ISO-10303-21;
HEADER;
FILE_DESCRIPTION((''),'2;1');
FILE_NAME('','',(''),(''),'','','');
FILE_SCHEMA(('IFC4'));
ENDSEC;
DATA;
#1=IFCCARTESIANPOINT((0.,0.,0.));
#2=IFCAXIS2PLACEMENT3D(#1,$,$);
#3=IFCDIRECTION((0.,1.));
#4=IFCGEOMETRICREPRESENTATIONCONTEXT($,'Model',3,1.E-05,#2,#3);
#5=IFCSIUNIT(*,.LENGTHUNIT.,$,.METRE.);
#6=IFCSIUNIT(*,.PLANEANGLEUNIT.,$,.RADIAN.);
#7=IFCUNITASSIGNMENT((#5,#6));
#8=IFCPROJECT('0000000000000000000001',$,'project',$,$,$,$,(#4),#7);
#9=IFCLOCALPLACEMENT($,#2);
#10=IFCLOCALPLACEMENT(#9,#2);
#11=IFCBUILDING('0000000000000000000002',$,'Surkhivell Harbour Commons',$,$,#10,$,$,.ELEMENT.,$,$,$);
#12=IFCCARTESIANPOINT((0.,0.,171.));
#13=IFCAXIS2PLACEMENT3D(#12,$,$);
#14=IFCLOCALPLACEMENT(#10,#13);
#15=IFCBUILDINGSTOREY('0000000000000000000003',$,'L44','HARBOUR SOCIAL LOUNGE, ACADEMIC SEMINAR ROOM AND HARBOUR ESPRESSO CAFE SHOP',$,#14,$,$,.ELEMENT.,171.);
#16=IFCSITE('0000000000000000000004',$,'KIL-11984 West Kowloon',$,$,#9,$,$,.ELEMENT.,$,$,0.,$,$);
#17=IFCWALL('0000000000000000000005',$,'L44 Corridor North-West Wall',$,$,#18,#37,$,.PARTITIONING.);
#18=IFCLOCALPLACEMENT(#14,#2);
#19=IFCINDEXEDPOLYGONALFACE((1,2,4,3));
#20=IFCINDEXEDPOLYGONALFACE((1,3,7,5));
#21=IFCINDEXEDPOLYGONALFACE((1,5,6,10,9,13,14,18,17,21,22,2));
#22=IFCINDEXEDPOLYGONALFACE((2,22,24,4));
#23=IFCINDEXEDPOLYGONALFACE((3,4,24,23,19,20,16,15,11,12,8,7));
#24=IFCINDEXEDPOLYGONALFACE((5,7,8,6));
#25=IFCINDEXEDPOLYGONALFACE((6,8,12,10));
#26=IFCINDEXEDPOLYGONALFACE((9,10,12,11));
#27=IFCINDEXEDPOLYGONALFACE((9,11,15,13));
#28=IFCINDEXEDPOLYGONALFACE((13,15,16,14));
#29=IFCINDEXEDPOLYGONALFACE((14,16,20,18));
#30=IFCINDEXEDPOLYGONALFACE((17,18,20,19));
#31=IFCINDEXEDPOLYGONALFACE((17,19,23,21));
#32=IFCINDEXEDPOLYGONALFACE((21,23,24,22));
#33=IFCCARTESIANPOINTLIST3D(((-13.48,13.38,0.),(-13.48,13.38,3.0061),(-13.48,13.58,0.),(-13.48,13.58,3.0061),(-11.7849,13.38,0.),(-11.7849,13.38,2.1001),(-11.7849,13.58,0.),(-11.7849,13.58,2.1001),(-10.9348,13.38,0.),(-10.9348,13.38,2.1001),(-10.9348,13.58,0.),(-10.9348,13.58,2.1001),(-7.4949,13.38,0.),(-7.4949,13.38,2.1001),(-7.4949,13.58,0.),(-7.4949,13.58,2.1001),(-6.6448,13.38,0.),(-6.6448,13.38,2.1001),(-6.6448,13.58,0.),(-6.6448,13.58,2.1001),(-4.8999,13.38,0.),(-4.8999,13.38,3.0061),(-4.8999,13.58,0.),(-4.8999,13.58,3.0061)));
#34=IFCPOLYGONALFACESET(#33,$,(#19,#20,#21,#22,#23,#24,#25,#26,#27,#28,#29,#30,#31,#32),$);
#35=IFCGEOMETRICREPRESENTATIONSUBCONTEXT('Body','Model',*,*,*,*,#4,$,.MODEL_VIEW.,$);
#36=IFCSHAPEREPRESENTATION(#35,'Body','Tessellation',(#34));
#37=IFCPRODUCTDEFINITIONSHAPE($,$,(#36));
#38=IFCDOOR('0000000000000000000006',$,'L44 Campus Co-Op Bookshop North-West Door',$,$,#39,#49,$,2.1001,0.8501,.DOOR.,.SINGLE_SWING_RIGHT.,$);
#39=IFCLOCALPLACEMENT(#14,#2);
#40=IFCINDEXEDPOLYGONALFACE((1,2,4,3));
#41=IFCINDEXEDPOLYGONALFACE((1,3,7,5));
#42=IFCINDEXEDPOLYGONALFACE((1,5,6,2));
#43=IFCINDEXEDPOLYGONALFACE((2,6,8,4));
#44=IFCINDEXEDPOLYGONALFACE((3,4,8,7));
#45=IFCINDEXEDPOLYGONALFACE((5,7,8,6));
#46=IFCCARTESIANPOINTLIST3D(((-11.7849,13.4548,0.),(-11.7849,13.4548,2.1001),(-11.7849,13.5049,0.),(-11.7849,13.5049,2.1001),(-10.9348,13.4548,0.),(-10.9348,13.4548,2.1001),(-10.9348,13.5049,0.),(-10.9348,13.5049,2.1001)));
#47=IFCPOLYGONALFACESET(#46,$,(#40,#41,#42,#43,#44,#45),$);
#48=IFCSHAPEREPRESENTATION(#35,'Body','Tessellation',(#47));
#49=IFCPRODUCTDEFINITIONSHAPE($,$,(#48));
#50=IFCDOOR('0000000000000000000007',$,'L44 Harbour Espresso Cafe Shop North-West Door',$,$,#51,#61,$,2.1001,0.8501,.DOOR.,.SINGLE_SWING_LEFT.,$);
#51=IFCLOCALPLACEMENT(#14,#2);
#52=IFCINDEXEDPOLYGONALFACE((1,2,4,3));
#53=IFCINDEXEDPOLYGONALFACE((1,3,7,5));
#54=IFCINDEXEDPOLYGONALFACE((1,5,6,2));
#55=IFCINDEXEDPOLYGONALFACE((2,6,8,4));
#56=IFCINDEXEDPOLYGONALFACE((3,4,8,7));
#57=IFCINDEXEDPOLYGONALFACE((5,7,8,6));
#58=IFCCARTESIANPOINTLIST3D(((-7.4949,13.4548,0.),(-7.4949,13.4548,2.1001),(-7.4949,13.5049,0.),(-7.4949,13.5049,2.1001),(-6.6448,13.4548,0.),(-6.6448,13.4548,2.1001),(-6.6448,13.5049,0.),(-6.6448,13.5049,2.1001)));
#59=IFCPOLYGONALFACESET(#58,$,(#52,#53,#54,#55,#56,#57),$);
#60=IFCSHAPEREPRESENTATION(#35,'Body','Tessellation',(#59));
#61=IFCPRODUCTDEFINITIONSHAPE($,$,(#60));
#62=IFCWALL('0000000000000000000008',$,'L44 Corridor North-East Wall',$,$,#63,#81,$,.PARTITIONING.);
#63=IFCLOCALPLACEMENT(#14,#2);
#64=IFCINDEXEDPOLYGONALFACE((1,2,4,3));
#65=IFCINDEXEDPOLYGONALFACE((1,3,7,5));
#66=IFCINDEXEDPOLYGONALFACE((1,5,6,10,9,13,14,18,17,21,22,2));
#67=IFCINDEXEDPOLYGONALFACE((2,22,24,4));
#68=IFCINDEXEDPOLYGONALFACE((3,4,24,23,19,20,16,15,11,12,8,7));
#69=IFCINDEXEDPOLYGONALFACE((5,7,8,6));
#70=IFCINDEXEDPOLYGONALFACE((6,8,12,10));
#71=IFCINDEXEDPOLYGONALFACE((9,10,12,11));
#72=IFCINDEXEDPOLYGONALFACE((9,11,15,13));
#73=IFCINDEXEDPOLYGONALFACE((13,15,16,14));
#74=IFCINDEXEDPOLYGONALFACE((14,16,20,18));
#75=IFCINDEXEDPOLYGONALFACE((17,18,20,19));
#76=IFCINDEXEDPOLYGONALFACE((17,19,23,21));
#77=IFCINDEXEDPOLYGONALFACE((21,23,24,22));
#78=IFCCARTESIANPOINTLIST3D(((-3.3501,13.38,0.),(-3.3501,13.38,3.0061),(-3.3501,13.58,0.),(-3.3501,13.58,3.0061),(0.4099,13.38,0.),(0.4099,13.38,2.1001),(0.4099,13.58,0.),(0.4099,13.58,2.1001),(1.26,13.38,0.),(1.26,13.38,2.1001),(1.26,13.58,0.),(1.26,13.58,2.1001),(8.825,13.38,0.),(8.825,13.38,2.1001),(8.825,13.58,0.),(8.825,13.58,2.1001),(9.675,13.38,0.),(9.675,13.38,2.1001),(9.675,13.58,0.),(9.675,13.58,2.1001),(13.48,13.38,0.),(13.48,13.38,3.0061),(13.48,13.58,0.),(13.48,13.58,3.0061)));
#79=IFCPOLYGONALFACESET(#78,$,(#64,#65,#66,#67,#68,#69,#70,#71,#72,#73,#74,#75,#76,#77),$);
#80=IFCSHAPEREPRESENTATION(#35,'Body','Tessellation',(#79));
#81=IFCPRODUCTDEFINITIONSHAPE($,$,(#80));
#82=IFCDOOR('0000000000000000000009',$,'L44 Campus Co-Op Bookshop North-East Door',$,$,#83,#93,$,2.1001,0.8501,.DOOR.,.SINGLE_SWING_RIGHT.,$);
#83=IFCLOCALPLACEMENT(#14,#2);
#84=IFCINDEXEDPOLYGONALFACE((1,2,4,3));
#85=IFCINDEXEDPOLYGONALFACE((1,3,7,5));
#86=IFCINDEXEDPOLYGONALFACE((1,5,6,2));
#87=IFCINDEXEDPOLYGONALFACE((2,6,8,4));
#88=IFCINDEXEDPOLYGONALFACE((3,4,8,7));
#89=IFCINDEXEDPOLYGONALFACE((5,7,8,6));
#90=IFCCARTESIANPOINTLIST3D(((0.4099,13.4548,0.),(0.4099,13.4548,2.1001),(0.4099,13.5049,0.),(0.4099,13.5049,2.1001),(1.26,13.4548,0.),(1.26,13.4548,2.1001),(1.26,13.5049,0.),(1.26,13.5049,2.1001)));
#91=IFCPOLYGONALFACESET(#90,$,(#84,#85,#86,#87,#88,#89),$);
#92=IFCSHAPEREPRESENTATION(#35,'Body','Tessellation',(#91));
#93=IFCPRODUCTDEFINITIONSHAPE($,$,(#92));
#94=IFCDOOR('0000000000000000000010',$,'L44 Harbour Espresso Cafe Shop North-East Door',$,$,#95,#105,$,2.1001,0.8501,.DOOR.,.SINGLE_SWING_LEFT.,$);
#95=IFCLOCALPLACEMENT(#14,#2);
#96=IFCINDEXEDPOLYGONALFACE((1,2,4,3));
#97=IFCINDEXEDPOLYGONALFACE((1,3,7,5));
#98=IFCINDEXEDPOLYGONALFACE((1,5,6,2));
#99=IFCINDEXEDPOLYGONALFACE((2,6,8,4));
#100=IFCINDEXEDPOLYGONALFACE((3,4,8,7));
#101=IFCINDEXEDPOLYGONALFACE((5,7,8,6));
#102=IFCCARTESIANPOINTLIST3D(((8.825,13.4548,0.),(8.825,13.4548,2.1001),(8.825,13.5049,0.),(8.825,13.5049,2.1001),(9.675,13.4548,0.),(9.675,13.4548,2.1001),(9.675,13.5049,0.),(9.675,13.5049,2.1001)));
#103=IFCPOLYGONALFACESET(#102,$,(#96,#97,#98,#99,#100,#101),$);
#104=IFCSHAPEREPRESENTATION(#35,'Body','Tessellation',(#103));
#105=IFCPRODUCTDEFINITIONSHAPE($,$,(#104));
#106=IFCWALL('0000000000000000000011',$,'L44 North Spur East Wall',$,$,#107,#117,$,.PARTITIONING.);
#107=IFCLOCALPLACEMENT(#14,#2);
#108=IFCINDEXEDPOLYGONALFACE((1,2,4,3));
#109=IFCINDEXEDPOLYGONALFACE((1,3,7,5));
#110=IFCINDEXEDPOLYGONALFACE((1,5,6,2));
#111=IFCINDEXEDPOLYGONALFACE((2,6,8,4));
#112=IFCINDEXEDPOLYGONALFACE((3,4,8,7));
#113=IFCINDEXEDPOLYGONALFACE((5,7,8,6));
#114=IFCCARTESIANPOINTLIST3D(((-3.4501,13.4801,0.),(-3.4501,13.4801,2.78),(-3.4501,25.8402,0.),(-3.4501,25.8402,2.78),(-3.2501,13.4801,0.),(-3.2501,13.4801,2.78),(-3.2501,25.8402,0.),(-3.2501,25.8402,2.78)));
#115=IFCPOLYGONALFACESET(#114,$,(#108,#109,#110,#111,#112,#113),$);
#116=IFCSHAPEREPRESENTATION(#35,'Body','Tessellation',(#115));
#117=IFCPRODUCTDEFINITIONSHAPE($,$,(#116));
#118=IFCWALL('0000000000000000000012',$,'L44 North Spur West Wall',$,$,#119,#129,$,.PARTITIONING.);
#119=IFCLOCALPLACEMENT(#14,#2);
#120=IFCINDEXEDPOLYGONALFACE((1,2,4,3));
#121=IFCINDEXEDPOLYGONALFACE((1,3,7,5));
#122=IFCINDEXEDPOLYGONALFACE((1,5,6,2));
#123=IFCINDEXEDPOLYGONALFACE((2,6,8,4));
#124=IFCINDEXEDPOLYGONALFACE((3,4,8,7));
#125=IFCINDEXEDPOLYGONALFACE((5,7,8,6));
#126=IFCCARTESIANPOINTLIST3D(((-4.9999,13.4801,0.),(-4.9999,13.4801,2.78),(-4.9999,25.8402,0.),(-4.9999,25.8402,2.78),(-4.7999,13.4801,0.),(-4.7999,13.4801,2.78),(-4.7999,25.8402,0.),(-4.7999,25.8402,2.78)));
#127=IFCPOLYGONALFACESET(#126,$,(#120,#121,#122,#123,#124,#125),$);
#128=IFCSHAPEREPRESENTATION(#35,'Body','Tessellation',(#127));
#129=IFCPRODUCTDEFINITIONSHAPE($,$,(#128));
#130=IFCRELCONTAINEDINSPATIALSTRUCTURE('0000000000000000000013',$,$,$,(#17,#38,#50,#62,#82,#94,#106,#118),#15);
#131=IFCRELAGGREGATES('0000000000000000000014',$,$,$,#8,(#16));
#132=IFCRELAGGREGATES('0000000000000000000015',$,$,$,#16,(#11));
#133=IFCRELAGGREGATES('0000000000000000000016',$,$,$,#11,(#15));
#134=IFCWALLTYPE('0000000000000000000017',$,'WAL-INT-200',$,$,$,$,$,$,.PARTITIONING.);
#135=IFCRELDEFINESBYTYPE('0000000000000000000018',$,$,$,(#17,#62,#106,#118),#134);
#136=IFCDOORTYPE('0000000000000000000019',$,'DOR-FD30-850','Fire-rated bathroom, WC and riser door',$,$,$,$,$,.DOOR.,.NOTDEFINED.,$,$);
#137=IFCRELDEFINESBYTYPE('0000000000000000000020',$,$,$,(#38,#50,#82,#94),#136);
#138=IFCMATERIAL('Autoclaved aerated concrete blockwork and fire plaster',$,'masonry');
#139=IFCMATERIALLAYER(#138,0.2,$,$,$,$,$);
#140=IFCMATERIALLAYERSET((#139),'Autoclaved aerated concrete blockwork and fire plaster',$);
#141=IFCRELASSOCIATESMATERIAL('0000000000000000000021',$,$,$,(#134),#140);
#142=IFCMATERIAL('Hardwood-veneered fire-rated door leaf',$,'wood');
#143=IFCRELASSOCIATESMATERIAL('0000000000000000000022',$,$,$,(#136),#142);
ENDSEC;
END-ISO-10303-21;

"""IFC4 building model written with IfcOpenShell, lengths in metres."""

from ifc_helpers import new_model, si_unit, direction, frame, frame_2d, origin, place, context, subcontext, project, spatial, rectangle, extrude, material, layer, layer_set, type_object, element, fill, save


model = new_model("IFC4")

# Units and contexts
model_context = context("Model", 3, precision=1e-05, world=origin(), true_north=direction((0.0, 1.0)))
body_context = subcontext(model_context, "Body", "Model", "MODEL_VIEW")
ifc_project = project(units=[si_unit("LENGTHUNIT", "METRE"), si_unit("PLANEANGLEUNIT", "RADIAN")], contexts=[model_context])

# Site, building, storey
site_placement = place(None, origin())
site = spatial("IfcSite", under=ifc_project, at=site_placement, Name="KIL-11984 West Kowloon", CompositionType="ELEMENT", RefElevation=0.0)
building_placement = place(site_placement, origin())
building = spatial("IfcBuilding", under=site, at=building_placement, Name="Surkhivell Harbour Commons", CompositionType="ELEMENT")
storey_placement = place(building_placement, frame((0.0, 0.0, 171.0)))
storey = spatial("IfcBuildingStorey", under=building, at=storey_placement, Name="L44", Description="HARBOUR SOCIAL LOUNGE, ACADEMIC SEMINAR ROOM AND HARBOUR ESPRESSO CAFE SHOP", CompositionType="ELEMENT", Elevation=171.0)

# Shared definitions
ifc_material_1 = material(Name="Hardwood-veneered fire-rated door leaf", Category="wood")

# Shared definitions
ifc_material_2 = material(Name="Autoclaved aerated concrete blockwork and fire plaster", Category="masonry")
ifc_layer_1 = layer(ifc_material_2, 0.2)
ifc_layer_set_1 = layer_set([ifc_layer_1], Name="Autoclaved aerated concrete blockwork and fire plaster")
wall_type_1 = type_object("IfcWallType", Name="WAL-INT-200", PredefinedType="PARTITIONING", material=ifc_layer_set_1)

# Walls, openings, doors
wall_1_placement = place(storey_placement, frame((-13.48, 13.48, 0.0), z_axis=(0.0, 0.0, 1.0), x_axis=(1.0, 0.0, 0.0)))
wall_1 = element("IfcWall", 1, at=wall_1_placement, inside=storey, type_object=wall_type_1, Name="L44 Corridor North-West Wall", PredefinedType="PARTITIONING", context=body_context, shape_type="SweptSolid", body=[
    extrude(rectangle(XDim=8.5801, YDim=0.2, at=frame_2d((4.29, 0.0))), origin(), (0.0, 0.0, 1.0), 3.0061),
])
opening_1_placement = place(wall_1_placement, frame((1.6951, 0.0, 0.0)))
opening_1 = element("IfcOpeningElement", 2, at=opening_1_placement, cuts=wall_1, PredefinedType="OPENING", context=body_context, shape_type="SweptSolid", body=[
    extrude(rectangle(XDim=0.8501, YDim=2.1001, at=frame_2d((0.425, 1.05))), frame((0.0, 0.1099, 0.0), z_axis=(0.0, -1.0, 0.0), x_axis=(1.0, 0.0, 0.0)), (0.0, 0.0, 1.0), 0.22),
])
opening_2_placement = place(wall_1_placement, frame((5.9851, 0.0, 0.0)))
opening_2 = element("IfcOpeningElement", 3, at=opening_2_placement, cuts=wall_1, PredefinedType="OPENING", context=body_context, shape_type="SweptSolid", body=[
    extrude(rectangle(XDim=0.8501, YDim=2.1001, at=frame_2d((0.425, 1.05))), frame((0.0, 0.1099, 0.0), z_axis=(0.0, -1.0, 0.0), x_axis=(1.0, 0.0, 0.0)), (0.0, 0.0, 1.0), 0.22),
])
door_type_1 = type_object("IfcDoorType", Name="DOR-FD30-850", Description="Fire-rated bathroom, WC and riser door", OperationType="NOTDEFINED", PredefinedType="DOOR", material=ifc_material_1)
door_1_placement = place(opening_1_placement, origin())
door_1 = element("IfcDoor", 4, at=door_1_placement, inside=storey, type_object=door_type_1, Name="L44 Campus Co-Op Bookshop North-West Door", OperationType="SINGLE_SWING_RIGHT", OverallHeight=2.1001, OverallWidth=0.8501, PredefinedType="DOOR", context=body_context, shape_type="SweptSolid", body=[
    extrude(rectangle(XDim=0.8501, YDim=2.1001, at=frame_2d((0.425, 1.05))), frame((0.0, 0.0249, 0.0), z_axis=(0.0, -1.0, 0.0), x_axis=(1.0, 0.0, 0.0)), (0.0, 0.0, 1.0), 0.05),
])
fill(opening_1, door_1)
door_2_placement = place(opening_2_placement, origin())
door_2 = element("IfcDoor", 5, at=door_2_placement, inside=storey, type_object=door_type_1, Name="L44 Harbour Espresso Cafe Shop North-West Door", OperationType="SINGLE_SWING_LEFT", OverallHeight=2.1001, OverallWidth=0.8501, PredefinedType="DOOR", context=body_context, shape_type="SweptSolid", body=[
    extrude(rectangle(XDim=0.8501, YDim=2.1001, at=frame_2d((0.425, 1.05))), frame((0.0, 0.0249, 0.0), z_axis=(0.0, -1.0, 0.0), x_axis=(1.0, 0.0, 0.0)), (0.0, 0.0, 1.0), 0.05),
])
fill(opening_2, door_2)
wall_2_placement = place(storey_placement, frame((-3.3501, 13.48, 0.0), z_axis=(0.0, 0.0, 1.0), x_axis=(1.0, 0.0, 0.0)))
wall_2 = element("IfcWall", 6, at=wall_2_placement, inside=storey, type_object=wall_type_1, Name="L44 Corridor North-East Wall", PredefinedType="PARTITIONING", context=body_context, shape_type="SweptSolid", body=[
    extrude(rectangle(XDim=16.8301, YDim=0.2, at=frame_2d((8.415, 0.0))), origin(), (0.0, 0.0, 1.0), 3.0061),
])
opening_3_placement = place(wall_2_placement, frame((3.76, 0.0, 0.0)))
opening_3 = element("IfcOpeningElement", 7, at=opening_3_placement, cuts=wall_2, PredefinedType="OPENING", context=body_context, shape_type="SweptSolid", body=[
    extrude(rectangle(XDim=0.8501, YDim=2.1001, at=frame_2d((0.425, 1.05))), frame((0.0, 0.1099, 0.0), z_axis=(0.0, -1.0, 0.0), x_axis=(1.0, 0.0, 0.0)), (0.0, 0.0, 1.0), 0.22),
])
opening_4_placement = place(wall_2_placement, frame((12.175, 0.0, 0.0)))
opening_4 = element("IfcOpeningElement", 8, at=opening_4_placement, cuts=wall_2, PredefinedType="OPENING", context=body_context, shape_type="SweptSolid", body=[
    extrude(rectangle(XDim=0.8501, YDim=2.1001, at=frame_2d((0.425, 1.05))), frame((0.0, 0.1099, 0.0), z_axis=(0.0, -1.0, 0.0), x_axis=(1.0, 0.0, 0.0)), (0.0, 0.0, 1.0), 0.22),
])
door_3_placement = place(opening_3_placement, origin())
door_3 = element("IfcDoor", 9, at=door_3_placement, inside=storey, type_object=door_type_1, Name="L44 Campus Co-Op Bookshop North-East Door", OperationType="SINGLE_SWING_RIGHT", OverallHeight=2.1001, OverallWidth=0.8501, PredefinedType="DOOR", context=body_context, shape_type="SweptSolid", body=[
    extrude(rectangle(XDim=0.8501, YDim=2.1001, at=frame_2d((0.425, 1.05))), frame((0.0, 0.0249, 0.0), z_axis=(0.0, -1.0, 0.0), x_axis=(1.0, 0.0, 0.0)), (0.0, 0.0, 1.0), 0.05),
])
fill(opening_3, door_3)
door_4_placement = place(opening_4_placement, origin())
door_4 = element("IfcDoor", 10, at=door_4_placement, inside=storey, type_object=door_type_1, Name="L44 Harbour Espresso Cafe Shop North-East Door", OperationType="SINGLE_SWING_LEFT", OverallHeight=2.1001, OverallWidth=0.8501, PredefinedType="DOOR", context=body_context, shape_type="SweptSolid", body=[
    extrude(rectangle(XDim=0.8501, YDim=2.1001, at=frame_2d((0.425, 1.05))), frame((0.0, 0.0249, 0.0), z_axis=(0.0, -1.0, 0.0), x_axis=(1.0, 0.0, 0.0)), (0.0, 0.0, 1.0), 0.05),
])
fill(opening_4, door_4)

# Walls
for number, where, z_axis, x_axis, name in (
    (11, (-3.3501, 13.48, 0.0), (0.0, 0.0, 1.0), (0.0, 1.0, 0.0), "L44 North Spur East Wall"),
    (12, (-4.8999, 13.48, 0.0), (0.0, 0.0, 1.0), (0.0, 1.0, 0.0), "L44 North Spur West Wall"),
):
    element("IfcWall", number, at=place(storey_placement, frame(where, z_axis=z_axis, x_axis=x_axis)), inside=storey, type_object=wall_type_1, Name=name, PredefinedType="PARTITIONING", context=body_context, shape_type="SweptSolid", body=[
        extrude(rectangle(XDim=12.3601, YDim=0.2, at=frame_2d((6.1802, 0.0))), origin(), (0.0, 0.0, 1.0), 2.78),
    ])

save(model, "model.ifc")
